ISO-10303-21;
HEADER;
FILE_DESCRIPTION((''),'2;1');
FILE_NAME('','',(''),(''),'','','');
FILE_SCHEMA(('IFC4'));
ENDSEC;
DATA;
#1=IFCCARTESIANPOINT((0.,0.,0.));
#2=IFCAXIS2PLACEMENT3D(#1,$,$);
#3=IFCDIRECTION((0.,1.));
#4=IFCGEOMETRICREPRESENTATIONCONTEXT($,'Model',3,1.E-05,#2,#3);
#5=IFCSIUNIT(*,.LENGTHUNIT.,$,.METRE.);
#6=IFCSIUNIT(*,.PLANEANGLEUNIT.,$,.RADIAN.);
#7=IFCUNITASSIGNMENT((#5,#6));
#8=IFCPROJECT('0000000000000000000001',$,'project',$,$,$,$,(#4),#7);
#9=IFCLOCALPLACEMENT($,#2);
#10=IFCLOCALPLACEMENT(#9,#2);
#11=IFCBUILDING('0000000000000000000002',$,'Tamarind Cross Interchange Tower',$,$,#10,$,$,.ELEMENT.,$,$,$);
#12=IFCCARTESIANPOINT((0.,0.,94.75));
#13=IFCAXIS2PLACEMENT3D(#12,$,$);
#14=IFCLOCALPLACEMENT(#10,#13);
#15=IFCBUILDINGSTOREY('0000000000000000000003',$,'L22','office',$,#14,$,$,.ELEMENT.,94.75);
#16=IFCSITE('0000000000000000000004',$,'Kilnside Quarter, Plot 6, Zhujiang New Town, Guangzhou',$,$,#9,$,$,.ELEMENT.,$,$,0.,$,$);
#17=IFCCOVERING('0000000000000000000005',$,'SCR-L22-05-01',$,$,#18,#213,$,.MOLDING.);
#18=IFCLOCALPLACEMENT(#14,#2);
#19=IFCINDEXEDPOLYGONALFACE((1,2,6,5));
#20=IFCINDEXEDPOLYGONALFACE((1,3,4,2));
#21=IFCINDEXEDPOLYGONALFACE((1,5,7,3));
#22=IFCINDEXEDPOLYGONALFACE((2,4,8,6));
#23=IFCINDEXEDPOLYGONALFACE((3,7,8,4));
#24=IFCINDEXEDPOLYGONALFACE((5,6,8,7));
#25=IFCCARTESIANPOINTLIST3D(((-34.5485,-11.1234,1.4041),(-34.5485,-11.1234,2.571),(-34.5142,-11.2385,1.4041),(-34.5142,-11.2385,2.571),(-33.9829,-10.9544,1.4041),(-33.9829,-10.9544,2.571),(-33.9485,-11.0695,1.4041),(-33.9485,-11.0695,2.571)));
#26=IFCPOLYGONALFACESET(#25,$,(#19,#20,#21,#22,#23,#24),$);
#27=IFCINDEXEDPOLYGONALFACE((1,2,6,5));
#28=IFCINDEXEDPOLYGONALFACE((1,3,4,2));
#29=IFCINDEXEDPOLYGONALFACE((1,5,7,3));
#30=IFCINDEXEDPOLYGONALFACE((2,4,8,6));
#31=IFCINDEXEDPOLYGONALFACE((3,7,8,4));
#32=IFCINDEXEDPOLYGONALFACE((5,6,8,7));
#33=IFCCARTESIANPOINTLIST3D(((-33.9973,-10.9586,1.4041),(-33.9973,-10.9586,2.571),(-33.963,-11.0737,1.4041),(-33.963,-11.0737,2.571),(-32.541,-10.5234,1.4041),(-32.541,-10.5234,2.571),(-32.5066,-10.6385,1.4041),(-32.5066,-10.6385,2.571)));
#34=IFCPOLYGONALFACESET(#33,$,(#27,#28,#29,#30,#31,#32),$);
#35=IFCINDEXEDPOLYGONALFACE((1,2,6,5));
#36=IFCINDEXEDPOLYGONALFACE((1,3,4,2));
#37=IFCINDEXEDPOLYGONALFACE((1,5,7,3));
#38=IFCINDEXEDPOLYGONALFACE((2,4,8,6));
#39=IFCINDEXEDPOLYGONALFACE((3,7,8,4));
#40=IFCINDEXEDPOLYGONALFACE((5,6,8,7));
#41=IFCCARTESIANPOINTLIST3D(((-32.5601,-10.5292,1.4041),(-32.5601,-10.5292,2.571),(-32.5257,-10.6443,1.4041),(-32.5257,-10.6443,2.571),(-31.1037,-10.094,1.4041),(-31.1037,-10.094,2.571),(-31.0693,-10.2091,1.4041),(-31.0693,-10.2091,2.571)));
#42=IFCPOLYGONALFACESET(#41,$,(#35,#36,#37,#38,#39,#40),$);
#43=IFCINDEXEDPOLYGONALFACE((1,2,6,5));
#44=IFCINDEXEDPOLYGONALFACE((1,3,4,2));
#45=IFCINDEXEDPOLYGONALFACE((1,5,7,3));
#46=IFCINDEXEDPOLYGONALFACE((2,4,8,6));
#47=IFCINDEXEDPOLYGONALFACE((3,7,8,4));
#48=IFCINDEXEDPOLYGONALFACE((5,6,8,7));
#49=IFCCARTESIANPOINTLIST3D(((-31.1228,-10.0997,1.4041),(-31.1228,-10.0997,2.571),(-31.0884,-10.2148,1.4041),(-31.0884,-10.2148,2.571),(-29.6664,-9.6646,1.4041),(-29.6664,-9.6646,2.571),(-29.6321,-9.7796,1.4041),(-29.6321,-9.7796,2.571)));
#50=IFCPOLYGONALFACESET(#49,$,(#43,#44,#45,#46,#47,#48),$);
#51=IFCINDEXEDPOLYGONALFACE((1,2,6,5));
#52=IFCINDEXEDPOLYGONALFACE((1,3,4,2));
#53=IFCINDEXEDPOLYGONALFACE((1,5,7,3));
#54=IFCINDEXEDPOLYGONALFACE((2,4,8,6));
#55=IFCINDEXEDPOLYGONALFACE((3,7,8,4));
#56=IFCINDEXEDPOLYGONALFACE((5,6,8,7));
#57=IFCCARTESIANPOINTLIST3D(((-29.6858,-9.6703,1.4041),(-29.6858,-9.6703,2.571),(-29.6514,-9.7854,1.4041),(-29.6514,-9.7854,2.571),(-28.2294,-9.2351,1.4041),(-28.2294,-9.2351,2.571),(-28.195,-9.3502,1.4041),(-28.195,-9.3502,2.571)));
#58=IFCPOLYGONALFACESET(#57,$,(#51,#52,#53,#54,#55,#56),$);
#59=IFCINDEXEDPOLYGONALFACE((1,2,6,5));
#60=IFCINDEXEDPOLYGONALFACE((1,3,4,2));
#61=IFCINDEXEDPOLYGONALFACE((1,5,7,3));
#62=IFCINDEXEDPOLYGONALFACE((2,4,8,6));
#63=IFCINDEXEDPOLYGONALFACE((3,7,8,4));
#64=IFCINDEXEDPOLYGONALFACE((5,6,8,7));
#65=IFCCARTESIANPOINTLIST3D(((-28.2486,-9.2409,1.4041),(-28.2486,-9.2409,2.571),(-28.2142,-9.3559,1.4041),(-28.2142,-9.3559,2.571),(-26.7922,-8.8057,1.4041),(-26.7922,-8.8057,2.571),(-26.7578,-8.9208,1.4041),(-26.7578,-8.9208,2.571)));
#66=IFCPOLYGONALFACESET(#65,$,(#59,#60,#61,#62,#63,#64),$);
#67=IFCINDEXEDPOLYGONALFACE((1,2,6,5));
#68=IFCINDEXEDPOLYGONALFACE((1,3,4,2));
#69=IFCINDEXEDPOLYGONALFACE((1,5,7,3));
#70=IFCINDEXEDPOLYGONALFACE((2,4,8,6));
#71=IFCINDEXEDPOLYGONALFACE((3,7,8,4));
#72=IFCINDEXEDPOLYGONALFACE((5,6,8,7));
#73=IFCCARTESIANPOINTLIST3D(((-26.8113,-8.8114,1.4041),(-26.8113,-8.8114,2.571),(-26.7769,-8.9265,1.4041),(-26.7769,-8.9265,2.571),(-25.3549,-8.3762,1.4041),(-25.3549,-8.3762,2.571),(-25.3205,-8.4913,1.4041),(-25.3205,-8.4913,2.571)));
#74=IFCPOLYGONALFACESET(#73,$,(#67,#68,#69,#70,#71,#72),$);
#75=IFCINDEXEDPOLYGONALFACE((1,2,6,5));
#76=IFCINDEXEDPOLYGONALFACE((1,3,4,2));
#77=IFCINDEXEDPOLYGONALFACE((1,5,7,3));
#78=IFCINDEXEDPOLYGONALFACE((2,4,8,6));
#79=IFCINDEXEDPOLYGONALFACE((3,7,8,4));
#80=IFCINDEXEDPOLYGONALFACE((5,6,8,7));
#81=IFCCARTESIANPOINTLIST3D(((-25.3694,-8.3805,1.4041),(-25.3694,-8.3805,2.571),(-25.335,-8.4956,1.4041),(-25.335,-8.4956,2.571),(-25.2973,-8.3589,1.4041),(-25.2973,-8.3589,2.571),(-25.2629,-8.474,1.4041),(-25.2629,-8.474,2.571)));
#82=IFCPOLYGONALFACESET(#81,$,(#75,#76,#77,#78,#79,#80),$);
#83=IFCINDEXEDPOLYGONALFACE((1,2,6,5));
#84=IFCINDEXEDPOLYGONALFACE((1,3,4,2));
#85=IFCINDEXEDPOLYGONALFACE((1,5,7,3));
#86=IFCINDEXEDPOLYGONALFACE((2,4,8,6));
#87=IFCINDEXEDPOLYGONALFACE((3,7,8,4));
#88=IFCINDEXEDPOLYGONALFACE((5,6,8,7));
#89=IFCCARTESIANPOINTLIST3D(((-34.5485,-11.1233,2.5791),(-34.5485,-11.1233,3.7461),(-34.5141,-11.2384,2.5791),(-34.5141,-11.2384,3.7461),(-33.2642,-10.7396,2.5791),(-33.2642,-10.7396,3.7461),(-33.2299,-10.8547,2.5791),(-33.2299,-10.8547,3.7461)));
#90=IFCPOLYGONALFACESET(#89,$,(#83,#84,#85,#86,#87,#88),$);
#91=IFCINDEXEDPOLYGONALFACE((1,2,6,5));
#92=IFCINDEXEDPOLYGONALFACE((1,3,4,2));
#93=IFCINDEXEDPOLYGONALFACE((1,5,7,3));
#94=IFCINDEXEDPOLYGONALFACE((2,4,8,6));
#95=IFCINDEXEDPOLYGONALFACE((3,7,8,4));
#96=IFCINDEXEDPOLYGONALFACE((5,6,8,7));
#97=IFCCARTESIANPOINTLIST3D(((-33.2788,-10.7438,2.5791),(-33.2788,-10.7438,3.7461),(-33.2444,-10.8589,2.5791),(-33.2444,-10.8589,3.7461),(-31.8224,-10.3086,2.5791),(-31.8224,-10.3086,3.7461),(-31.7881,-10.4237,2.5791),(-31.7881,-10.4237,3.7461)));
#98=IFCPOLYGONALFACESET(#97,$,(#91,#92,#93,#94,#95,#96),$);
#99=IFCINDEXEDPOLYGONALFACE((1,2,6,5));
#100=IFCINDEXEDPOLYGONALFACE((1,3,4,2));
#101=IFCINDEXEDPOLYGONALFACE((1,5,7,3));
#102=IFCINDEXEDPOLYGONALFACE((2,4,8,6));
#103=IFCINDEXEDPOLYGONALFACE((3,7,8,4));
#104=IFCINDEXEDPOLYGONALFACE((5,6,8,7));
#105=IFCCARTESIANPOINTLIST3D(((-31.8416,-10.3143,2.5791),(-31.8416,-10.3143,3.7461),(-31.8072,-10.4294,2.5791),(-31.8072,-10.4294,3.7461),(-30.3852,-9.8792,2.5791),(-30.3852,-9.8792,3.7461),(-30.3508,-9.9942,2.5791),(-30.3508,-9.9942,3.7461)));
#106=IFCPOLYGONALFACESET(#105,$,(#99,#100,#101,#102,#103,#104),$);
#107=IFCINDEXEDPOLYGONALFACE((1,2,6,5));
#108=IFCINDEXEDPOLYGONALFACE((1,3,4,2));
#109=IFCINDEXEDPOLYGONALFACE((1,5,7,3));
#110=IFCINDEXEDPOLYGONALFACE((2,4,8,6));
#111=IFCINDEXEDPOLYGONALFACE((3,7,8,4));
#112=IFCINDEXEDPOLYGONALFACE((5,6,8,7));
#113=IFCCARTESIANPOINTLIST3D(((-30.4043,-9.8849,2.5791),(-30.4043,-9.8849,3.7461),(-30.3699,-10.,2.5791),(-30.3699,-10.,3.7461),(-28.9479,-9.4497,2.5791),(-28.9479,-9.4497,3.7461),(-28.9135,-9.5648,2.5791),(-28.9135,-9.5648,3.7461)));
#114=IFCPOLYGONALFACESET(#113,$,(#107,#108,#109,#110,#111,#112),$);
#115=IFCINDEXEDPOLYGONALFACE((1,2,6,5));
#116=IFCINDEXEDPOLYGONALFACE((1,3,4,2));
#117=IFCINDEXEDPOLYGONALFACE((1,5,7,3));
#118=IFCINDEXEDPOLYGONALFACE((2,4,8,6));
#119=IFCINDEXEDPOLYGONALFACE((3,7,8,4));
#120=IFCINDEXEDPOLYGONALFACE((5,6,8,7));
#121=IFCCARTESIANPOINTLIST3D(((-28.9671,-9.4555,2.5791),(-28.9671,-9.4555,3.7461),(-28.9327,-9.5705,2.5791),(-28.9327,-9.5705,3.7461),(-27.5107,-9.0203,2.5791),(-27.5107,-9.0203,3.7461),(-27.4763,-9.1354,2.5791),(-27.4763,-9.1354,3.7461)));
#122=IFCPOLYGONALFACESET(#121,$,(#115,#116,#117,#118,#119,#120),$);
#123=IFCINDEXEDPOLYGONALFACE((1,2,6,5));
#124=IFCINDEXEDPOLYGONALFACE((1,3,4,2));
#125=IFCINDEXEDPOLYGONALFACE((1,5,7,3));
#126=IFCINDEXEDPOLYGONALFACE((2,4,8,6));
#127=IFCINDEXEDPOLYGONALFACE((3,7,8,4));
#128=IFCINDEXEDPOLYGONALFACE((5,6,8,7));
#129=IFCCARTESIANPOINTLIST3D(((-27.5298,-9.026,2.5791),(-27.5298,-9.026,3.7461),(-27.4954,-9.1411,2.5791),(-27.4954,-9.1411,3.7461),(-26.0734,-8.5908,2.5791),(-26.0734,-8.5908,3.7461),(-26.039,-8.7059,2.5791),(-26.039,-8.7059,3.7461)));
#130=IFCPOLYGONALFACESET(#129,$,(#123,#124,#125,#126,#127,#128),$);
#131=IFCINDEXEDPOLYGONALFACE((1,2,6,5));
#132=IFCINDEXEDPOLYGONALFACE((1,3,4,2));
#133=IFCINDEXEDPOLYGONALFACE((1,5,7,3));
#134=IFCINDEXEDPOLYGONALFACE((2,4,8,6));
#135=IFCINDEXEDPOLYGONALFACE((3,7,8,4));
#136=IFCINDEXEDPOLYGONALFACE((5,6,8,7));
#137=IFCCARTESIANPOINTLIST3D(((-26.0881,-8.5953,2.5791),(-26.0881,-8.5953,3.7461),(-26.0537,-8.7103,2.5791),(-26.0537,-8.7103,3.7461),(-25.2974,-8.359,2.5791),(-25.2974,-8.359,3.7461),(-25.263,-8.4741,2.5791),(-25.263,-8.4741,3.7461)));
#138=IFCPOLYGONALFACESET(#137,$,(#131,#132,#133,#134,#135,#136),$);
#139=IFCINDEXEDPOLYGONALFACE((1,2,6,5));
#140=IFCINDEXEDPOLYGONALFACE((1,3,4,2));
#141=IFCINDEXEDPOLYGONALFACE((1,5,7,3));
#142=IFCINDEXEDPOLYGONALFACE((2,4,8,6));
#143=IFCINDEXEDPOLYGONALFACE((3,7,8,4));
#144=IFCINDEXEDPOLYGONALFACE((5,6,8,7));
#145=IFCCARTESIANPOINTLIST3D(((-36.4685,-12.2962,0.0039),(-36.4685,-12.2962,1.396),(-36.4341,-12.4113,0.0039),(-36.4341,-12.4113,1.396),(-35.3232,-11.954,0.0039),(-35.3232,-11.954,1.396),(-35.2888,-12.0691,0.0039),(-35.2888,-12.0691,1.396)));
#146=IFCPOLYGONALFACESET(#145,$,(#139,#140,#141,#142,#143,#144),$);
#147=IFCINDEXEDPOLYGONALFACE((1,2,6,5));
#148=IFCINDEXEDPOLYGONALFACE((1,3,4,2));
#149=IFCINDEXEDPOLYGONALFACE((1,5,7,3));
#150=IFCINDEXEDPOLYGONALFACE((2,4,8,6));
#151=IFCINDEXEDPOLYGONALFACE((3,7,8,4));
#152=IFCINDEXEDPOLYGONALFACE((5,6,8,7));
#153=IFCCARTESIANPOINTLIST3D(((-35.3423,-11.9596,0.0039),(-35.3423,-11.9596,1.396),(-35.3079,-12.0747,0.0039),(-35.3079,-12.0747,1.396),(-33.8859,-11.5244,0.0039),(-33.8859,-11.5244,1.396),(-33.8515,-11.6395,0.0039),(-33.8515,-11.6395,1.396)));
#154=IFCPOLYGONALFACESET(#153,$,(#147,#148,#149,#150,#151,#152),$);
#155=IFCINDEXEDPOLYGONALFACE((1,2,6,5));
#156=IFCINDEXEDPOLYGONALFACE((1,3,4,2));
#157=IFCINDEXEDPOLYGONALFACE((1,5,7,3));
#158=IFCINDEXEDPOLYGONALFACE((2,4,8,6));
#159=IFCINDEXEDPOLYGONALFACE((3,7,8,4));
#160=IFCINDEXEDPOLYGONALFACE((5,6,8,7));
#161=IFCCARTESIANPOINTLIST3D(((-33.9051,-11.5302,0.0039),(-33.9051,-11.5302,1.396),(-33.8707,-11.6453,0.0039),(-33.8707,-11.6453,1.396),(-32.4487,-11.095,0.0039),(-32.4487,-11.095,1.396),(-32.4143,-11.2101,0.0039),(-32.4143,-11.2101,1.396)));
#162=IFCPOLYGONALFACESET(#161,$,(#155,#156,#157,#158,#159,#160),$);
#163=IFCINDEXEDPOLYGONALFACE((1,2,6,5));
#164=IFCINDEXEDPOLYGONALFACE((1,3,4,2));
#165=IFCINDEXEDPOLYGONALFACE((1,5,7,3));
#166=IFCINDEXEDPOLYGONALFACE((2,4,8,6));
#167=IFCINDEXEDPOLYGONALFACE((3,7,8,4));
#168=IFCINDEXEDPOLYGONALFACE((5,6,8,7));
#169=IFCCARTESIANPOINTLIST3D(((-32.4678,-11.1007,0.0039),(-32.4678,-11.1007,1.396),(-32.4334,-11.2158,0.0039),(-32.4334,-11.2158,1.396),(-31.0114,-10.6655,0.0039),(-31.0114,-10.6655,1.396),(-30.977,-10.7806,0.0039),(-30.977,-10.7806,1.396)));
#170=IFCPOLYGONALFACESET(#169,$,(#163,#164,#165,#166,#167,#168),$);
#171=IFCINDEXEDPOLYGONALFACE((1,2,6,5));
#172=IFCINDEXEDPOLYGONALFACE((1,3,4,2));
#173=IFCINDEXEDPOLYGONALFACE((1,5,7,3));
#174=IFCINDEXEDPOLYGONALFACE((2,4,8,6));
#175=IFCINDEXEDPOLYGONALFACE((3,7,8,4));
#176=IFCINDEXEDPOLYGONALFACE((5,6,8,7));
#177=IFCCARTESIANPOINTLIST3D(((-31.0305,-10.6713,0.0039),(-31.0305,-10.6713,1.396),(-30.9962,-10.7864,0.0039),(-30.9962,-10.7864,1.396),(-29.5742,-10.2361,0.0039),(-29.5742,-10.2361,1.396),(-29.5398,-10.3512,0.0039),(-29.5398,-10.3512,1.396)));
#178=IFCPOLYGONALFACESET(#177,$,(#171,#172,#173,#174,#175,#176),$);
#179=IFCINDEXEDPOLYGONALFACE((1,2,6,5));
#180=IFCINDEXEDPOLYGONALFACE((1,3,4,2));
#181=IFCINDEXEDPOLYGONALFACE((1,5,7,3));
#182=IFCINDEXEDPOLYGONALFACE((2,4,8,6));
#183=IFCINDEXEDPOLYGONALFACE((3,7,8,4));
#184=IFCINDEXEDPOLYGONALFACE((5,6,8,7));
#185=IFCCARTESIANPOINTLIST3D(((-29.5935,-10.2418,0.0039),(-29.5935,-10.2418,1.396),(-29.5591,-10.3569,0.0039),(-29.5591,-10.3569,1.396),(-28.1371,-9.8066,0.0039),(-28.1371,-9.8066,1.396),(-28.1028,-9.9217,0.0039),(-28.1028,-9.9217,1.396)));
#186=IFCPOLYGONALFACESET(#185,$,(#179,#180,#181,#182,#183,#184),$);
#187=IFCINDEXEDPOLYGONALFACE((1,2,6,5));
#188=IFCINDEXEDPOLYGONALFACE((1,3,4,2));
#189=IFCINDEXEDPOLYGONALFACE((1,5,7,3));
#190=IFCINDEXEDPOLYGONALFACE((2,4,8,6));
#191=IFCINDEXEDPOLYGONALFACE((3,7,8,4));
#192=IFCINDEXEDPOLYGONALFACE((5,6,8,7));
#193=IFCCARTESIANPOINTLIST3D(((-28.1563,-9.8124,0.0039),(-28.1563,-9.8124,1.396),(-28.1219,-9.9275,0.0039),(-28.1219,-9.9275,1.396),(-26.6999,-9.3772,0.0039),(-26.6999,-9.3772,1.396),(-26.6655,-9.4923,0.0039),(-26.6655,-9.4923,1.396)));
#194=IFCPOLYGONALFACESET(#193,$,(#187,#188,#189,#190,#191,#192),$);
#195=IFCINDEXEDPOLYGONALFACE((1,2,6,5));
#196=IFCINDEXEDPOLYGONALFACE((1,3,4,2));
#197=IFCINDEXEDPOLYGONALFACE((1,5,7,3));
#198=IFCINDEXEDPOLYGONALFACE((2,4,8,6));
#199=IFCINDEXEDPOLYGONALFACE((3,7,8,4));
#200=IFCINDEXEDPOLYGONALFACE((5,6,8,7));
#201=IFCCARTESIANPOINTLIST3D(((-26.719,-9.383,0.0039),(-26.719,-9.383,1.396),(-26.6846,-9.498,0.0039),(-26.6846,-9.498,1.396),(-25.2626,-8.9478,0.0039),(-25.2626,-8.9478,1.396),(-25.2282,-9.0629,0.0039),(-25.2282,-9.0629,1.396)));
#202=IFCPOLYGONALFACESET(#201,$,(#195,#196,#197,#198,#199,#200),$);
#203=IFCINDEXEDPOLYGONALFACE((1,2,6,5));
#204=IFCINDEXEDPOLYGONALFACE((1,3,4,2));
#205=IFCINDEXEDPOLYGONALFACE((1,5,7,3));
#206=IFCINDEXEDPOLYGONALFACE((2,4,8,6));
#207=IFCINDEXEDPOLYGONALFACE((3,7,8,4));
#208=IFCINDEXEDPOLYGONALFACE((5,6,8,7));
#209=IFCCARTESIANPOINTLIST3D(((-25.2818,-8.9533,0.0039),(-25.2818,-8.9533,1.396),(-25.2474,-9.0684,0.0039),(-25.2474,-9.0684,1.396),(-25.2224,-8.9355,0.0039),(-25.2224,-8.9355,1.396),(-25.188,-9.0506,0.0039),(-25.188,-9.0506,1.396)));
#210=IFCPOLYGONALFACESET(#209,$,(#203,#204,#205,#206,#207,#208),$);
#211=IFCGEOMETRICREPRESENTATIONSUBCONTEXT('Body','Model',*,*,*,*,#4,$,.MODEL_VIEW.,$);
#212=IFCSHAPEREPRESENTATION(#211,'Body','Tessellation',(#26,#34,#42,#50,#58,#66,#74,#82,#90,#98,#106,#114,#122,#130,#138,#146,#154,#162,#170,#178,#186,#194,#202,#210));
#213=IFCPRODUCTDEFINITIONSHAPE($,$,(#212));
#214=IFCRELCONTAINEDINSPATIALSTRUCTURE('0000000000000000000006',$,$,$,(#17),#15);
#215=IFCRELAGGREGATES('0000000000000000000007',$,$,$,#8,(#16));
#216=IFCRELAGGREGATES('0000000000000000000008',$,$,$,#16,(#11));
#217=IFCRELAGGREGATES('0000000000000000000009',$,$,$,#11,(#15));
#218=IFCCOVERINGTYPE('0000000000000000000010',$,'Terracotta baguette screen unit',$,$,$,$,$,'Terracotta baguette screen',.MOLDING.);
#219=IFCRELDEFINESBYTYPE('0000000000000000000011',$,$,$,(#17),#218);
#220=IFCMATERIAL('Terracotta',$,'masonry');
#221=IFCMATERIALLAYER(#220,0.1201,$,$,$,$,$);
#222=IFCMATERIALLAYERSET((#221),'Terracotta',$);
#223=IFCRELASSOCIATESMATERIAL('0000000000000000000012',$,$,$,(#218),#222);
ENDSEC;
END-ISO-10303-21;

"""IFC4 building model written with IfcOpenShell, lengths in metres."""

from ifc_helpers import new_model, si_unit, direction, frame, origin, origin_2d, place, context, subcontext, project, spatial, rectangle, extrude, material, layer, layer_set, type_object, element, save


model = new_model("IFC4")

# Units and contexts
model_context = context("Model", 3, precision=1e-05, world=origin(), true_north=direction((0.0, 1.0)))
body_context = subcontext(model_context, "Body", "Model", "MODEL_VIEW")
ifc_project = project(units=[si_unit("LENGTHUNIT", "METRE"), si_unit("PLANEANGLEUNIT", "RADIAN")], contexts=[model_context])

# Site, building, storey
site_placement = place(None, origin())
site = spatial("IfcSite", under=ifc_project, at=site_placement, Name="Kilnside Quarter, Plot 6, Zhujiang New Town, Guangzhou", CompositionType="ELEMENT", RefElevation=0.0)
building_placement = place(site_placement, origin())
building = spatial("IfcBuilding", under=site, at=building_placement, Name="Tamarind Cross Interchange Tower", CompositionType="ELEMENT")
storey_placement = place(building_placement, frame((0.0, 0.0, 94.75)))
storey = spatial("IfcBuildingStorey", under=building, at=storey_placement, Name="L22", Description="office", CompositionType="ELEMENT", Elevation=94.75)

# Covering
ifc_material_1 = material(Name="Terracotta", Category="masonry")
ifc_layer_1 = layer(ifc_material_1, 0.1201)
ifc_layer_set_1 = layer_set([ifc_layer_1], Name="Terracotta")
covering_type = type_object("IfcCoveringType", Name="Terracotta baguette screen unit", ElementType="Terracotta baguette screen", PredefinedType="MOLDING", material=ifc_layer_set_1)
covering_1_placement = place(storey_placement, origin())
element("IfcCovering", 1, at=covering_1_placement, inside=storey, type_object=covering_type, Name="SCR-L22-05-01", PredefinedType="MOLDING", context=body_context, shape_type="SweptSolid", body=[
    extrude(rectangle(XDim=0.5903, YDim=0.1201, at=origin_2d()), frame((-34.2485, -11.0964, 1.4041), z_axis=(0.0, 0.0, 1.0), x_axis=(0.958139, 0.286304, 0.0)), (0.0, 0.0, 1.0), 1.167),
    extrude(rectangle(XDim=1.52, YDim=0.1201, at=origin_2d()), frame((-33.252, -10.7986, 1.4041), z_axis=(0.0, 0.0, 1.0), x_axis=(0.958139, 0.286304, 0.0)), (0.0, 0.0, 1.0), 1.167),
    extrude(rectangle(XDim=1.52, YDim=0.1201, at=origin_2d()), frame((-31.8147, -10.3691, 1.4041), z_axis=(0.0, 0.0, 1.0), x_axis=(0.958139, 0.286304, 0.0)), (0.0, 0.0, 1.0), 1.167),
    extrude(rectangle(XDim=1.52, YDim=0.1201, at=origin_2d()), frame((-30.3774, -9.9397, 1.4041), z_axis=(0.0, 0.0, 1.0), x_axis=(0.958139, 0.286304, 0.0)), (0.0, 0.0, 1.0), 1.167),
    extrude(rectangle(XDim=1.52, YDim=0.1201, at=origin_2d()), frame((-28.9404, -9.5103, 1.4041), z_axis=(0.0, 0.0, 1.0), x_axis=(0.958139, 0.286304, 0.0)), (0.0, 0.0, 1.0), 1.167),
    extrude(rectangle(XDim=1.52, YDim=0.1201, at=origin_2d()), frame((-27.5032, -9.0808, 1.4041), z_axis=(0.0, 0.0, 1.0), x_axis=(0.958139, 0.286304, 0.0)), (0.0, 0.0, 1.0), 1.167),
    extrude(rectangle(XDim=1.52, YDim=0.1201, at=origin_2d()), frame((-26.0659, -8.6514, 1.4041), z_axis=(0.0, 0.0, 1.0), x_axis=(0.958139, 0.286304, 0.0)), (0.0, 0.0, 1.0), 1.167),
    extrude(rectangle(XDim=0.0752, YDim=0.1201, at=origin_2d()), frame((-25.3162, -8.4272, 1.4041), z_axis=(0.0, 0.0, 1.0), x_axis=(0.958139, 0.286304, 0.0)), (0.0, 0.0, 1.0), 1.167),
    extrude(rectangle(XDim=1.3403, YDim=0.1201, at=origin_2d()), frame((-33.8892, -10.989, 2.5791), z_axis=(0.0, 0.0, 1.0), x_axis=(0.958139, 0.286304, 0.0)), (0.0, 0.0, 1.0), 1.167),
    extrude(rectangle(XDim=1.52, YDim=0.1201, at=origin_2d()), frame((-32.5334, -10.5837, 2.5791), z_axis=(0.0, 0.0, 1.0), x_axis=(0.958139, 0.286304, 0.0)), (0.0, 0.0, 1.0), 1.167),
    extrude(rectangle(XDim=1.52, YDim=0.1201, at=origin_2d()), frame((-31.0962, -10.1543, 2.5791), z_axis=(0.0, 0.0, 1.0), x_axis=(0.958139, 0.286304, 0.0)), (0.0, 0.0, 1.0), 1.167),
    extrude(rectangle(XDim=1.52, YDim=0.1201, at=origin_2d()), frame((-29.6589, -9.7249, 2.5791), z_axis=(0.0, 0.0, 1.0), x_axis=(0.958139, 0.286304, 0.0)), (0.0, 0.0, 1.0), 1.167),
    extrude(rectangle(XDim=1.52, YDim=0.1201, at=origin_2d()), frame((-28.2217, -9.2954, 2.5791), z_axis=(0.0, 0.0, 1.0), x_axis=(0.958139, 0.286304, 0.0)), (0.0, 0.0, 1.0), 1.167),
    extrude(rectangle(XDim=1.52, YDim=0.1201, at=origin_2d()), frame((-26.7844, -8.866, 2.5791), z_axis=(0.0, 0.0, 1.0), x_axis=(0.958139, 0.286304, 0.0)), (0.0, 0.0, 1.0), 1.167),
    extrude(rectangle(XDim=0.8252, YDim=0.1201, at=origin_2d()), frame((-25.6755, -8.5347, 2.5791), z_axis=(0.0, 0.0, 1.0), x_axis=(0.958139, 0.286304, 0.0)), (0.0, 0.0, 1.0), 1.167),
    extrude(rectangle(XDim=1.1953, YDim=0.1201, at=origin_2d()), frame((-35.8787, -12.1826, 0.0039), z_axis=(0.0, 0.0, 1.0), x_axis=(0.958139, 0.286304, 0.0)), (0.0, 0.0, 1.0), 1.3921),
    extrude(rectangle(XDim=1.52, YDim=0.1201, at=origin_2d()), frame((-34.5969, -11.7996, 0.0039), z_axis=(0.0, 0.0, 1.0), x_axis=(0.958139, 0.286304, 0.0)), (0.0, 0.0, 1.0), 1.3921),
    extrude(rectangle(XDim=1.52, YDim=0.1201, at=origin_2d()), frame((-33.1597, -11.3701, 0.0039), z_axis=(0.0, 0.0, 1.0), x_axis=(0.958139, 0.286304, 0.0)), (0.0, 0.0, 1.0), 1.3921),
    extrude(rectangle(XDim=1.52, YDim=0.1201, at=origin_2d()), frame((-31.7224, -10.9407, 0.0039), z_axis=(0.0, 0.0, 1.0), x_axis=(0.958139, 0.286304, 0.0)), (0.0, 0.0, 1.0), 1.3921),
    extrude(rectangle(XDim=1.52, YDim=0.1201, at=origin_2d()), frame((-30.2852, -10.5112, 0.0039), z_axis=(0.0, 0.0, 1.0), x_axis=(0.958139, 0.286304, 0.0)), (0.0, 0.0, 1.0), 1.3921),
    extrude(rectangle(XDim=1.52, YDim=0.1201, at=origin_2d()), frame((-28.8481, -10.0818, 0.0039), z_axis=(0.0, 0.0, 1.0), x_axis=(0.958139, 0.286304, 0.0)), (0.0, 0.0, 1.0), 1.3921),
    extrude(rectangle(XDim=1.52, YDim=0.1201, at=origin_2d()), frame((-27.4109, -9.6523, 0.0039), z_axis=(0.0, 0.0, 1.0), x_axis=(0.958139, 0.286304, 0.0)), (0.0, 0.0, 1.0), 1.3921),
    extrude(rectangle(XDim=1.52, YDim=0.1201, at=origin_2d()), frame((-25.9736, -9.2229, 0.0039), z_axis=(0.0, 0.0, 1.0), x_axis=(0.958139, 0.286304, 0.0)), (0.0, 0.0, 1.0), 1.3921),
    extrude(rectangle(XDim=0.062, YDim=0.1201, at=origin_2d()), frame((-25.2349, -9.002, 0.0039), z_axis=(0.0, 0.0, 1.0), x_axis=(0.958139, 0.286304, 0.0)), (0.0, 0.0, 1.0), 1.3921),
])

save(model, "model.ifc")
